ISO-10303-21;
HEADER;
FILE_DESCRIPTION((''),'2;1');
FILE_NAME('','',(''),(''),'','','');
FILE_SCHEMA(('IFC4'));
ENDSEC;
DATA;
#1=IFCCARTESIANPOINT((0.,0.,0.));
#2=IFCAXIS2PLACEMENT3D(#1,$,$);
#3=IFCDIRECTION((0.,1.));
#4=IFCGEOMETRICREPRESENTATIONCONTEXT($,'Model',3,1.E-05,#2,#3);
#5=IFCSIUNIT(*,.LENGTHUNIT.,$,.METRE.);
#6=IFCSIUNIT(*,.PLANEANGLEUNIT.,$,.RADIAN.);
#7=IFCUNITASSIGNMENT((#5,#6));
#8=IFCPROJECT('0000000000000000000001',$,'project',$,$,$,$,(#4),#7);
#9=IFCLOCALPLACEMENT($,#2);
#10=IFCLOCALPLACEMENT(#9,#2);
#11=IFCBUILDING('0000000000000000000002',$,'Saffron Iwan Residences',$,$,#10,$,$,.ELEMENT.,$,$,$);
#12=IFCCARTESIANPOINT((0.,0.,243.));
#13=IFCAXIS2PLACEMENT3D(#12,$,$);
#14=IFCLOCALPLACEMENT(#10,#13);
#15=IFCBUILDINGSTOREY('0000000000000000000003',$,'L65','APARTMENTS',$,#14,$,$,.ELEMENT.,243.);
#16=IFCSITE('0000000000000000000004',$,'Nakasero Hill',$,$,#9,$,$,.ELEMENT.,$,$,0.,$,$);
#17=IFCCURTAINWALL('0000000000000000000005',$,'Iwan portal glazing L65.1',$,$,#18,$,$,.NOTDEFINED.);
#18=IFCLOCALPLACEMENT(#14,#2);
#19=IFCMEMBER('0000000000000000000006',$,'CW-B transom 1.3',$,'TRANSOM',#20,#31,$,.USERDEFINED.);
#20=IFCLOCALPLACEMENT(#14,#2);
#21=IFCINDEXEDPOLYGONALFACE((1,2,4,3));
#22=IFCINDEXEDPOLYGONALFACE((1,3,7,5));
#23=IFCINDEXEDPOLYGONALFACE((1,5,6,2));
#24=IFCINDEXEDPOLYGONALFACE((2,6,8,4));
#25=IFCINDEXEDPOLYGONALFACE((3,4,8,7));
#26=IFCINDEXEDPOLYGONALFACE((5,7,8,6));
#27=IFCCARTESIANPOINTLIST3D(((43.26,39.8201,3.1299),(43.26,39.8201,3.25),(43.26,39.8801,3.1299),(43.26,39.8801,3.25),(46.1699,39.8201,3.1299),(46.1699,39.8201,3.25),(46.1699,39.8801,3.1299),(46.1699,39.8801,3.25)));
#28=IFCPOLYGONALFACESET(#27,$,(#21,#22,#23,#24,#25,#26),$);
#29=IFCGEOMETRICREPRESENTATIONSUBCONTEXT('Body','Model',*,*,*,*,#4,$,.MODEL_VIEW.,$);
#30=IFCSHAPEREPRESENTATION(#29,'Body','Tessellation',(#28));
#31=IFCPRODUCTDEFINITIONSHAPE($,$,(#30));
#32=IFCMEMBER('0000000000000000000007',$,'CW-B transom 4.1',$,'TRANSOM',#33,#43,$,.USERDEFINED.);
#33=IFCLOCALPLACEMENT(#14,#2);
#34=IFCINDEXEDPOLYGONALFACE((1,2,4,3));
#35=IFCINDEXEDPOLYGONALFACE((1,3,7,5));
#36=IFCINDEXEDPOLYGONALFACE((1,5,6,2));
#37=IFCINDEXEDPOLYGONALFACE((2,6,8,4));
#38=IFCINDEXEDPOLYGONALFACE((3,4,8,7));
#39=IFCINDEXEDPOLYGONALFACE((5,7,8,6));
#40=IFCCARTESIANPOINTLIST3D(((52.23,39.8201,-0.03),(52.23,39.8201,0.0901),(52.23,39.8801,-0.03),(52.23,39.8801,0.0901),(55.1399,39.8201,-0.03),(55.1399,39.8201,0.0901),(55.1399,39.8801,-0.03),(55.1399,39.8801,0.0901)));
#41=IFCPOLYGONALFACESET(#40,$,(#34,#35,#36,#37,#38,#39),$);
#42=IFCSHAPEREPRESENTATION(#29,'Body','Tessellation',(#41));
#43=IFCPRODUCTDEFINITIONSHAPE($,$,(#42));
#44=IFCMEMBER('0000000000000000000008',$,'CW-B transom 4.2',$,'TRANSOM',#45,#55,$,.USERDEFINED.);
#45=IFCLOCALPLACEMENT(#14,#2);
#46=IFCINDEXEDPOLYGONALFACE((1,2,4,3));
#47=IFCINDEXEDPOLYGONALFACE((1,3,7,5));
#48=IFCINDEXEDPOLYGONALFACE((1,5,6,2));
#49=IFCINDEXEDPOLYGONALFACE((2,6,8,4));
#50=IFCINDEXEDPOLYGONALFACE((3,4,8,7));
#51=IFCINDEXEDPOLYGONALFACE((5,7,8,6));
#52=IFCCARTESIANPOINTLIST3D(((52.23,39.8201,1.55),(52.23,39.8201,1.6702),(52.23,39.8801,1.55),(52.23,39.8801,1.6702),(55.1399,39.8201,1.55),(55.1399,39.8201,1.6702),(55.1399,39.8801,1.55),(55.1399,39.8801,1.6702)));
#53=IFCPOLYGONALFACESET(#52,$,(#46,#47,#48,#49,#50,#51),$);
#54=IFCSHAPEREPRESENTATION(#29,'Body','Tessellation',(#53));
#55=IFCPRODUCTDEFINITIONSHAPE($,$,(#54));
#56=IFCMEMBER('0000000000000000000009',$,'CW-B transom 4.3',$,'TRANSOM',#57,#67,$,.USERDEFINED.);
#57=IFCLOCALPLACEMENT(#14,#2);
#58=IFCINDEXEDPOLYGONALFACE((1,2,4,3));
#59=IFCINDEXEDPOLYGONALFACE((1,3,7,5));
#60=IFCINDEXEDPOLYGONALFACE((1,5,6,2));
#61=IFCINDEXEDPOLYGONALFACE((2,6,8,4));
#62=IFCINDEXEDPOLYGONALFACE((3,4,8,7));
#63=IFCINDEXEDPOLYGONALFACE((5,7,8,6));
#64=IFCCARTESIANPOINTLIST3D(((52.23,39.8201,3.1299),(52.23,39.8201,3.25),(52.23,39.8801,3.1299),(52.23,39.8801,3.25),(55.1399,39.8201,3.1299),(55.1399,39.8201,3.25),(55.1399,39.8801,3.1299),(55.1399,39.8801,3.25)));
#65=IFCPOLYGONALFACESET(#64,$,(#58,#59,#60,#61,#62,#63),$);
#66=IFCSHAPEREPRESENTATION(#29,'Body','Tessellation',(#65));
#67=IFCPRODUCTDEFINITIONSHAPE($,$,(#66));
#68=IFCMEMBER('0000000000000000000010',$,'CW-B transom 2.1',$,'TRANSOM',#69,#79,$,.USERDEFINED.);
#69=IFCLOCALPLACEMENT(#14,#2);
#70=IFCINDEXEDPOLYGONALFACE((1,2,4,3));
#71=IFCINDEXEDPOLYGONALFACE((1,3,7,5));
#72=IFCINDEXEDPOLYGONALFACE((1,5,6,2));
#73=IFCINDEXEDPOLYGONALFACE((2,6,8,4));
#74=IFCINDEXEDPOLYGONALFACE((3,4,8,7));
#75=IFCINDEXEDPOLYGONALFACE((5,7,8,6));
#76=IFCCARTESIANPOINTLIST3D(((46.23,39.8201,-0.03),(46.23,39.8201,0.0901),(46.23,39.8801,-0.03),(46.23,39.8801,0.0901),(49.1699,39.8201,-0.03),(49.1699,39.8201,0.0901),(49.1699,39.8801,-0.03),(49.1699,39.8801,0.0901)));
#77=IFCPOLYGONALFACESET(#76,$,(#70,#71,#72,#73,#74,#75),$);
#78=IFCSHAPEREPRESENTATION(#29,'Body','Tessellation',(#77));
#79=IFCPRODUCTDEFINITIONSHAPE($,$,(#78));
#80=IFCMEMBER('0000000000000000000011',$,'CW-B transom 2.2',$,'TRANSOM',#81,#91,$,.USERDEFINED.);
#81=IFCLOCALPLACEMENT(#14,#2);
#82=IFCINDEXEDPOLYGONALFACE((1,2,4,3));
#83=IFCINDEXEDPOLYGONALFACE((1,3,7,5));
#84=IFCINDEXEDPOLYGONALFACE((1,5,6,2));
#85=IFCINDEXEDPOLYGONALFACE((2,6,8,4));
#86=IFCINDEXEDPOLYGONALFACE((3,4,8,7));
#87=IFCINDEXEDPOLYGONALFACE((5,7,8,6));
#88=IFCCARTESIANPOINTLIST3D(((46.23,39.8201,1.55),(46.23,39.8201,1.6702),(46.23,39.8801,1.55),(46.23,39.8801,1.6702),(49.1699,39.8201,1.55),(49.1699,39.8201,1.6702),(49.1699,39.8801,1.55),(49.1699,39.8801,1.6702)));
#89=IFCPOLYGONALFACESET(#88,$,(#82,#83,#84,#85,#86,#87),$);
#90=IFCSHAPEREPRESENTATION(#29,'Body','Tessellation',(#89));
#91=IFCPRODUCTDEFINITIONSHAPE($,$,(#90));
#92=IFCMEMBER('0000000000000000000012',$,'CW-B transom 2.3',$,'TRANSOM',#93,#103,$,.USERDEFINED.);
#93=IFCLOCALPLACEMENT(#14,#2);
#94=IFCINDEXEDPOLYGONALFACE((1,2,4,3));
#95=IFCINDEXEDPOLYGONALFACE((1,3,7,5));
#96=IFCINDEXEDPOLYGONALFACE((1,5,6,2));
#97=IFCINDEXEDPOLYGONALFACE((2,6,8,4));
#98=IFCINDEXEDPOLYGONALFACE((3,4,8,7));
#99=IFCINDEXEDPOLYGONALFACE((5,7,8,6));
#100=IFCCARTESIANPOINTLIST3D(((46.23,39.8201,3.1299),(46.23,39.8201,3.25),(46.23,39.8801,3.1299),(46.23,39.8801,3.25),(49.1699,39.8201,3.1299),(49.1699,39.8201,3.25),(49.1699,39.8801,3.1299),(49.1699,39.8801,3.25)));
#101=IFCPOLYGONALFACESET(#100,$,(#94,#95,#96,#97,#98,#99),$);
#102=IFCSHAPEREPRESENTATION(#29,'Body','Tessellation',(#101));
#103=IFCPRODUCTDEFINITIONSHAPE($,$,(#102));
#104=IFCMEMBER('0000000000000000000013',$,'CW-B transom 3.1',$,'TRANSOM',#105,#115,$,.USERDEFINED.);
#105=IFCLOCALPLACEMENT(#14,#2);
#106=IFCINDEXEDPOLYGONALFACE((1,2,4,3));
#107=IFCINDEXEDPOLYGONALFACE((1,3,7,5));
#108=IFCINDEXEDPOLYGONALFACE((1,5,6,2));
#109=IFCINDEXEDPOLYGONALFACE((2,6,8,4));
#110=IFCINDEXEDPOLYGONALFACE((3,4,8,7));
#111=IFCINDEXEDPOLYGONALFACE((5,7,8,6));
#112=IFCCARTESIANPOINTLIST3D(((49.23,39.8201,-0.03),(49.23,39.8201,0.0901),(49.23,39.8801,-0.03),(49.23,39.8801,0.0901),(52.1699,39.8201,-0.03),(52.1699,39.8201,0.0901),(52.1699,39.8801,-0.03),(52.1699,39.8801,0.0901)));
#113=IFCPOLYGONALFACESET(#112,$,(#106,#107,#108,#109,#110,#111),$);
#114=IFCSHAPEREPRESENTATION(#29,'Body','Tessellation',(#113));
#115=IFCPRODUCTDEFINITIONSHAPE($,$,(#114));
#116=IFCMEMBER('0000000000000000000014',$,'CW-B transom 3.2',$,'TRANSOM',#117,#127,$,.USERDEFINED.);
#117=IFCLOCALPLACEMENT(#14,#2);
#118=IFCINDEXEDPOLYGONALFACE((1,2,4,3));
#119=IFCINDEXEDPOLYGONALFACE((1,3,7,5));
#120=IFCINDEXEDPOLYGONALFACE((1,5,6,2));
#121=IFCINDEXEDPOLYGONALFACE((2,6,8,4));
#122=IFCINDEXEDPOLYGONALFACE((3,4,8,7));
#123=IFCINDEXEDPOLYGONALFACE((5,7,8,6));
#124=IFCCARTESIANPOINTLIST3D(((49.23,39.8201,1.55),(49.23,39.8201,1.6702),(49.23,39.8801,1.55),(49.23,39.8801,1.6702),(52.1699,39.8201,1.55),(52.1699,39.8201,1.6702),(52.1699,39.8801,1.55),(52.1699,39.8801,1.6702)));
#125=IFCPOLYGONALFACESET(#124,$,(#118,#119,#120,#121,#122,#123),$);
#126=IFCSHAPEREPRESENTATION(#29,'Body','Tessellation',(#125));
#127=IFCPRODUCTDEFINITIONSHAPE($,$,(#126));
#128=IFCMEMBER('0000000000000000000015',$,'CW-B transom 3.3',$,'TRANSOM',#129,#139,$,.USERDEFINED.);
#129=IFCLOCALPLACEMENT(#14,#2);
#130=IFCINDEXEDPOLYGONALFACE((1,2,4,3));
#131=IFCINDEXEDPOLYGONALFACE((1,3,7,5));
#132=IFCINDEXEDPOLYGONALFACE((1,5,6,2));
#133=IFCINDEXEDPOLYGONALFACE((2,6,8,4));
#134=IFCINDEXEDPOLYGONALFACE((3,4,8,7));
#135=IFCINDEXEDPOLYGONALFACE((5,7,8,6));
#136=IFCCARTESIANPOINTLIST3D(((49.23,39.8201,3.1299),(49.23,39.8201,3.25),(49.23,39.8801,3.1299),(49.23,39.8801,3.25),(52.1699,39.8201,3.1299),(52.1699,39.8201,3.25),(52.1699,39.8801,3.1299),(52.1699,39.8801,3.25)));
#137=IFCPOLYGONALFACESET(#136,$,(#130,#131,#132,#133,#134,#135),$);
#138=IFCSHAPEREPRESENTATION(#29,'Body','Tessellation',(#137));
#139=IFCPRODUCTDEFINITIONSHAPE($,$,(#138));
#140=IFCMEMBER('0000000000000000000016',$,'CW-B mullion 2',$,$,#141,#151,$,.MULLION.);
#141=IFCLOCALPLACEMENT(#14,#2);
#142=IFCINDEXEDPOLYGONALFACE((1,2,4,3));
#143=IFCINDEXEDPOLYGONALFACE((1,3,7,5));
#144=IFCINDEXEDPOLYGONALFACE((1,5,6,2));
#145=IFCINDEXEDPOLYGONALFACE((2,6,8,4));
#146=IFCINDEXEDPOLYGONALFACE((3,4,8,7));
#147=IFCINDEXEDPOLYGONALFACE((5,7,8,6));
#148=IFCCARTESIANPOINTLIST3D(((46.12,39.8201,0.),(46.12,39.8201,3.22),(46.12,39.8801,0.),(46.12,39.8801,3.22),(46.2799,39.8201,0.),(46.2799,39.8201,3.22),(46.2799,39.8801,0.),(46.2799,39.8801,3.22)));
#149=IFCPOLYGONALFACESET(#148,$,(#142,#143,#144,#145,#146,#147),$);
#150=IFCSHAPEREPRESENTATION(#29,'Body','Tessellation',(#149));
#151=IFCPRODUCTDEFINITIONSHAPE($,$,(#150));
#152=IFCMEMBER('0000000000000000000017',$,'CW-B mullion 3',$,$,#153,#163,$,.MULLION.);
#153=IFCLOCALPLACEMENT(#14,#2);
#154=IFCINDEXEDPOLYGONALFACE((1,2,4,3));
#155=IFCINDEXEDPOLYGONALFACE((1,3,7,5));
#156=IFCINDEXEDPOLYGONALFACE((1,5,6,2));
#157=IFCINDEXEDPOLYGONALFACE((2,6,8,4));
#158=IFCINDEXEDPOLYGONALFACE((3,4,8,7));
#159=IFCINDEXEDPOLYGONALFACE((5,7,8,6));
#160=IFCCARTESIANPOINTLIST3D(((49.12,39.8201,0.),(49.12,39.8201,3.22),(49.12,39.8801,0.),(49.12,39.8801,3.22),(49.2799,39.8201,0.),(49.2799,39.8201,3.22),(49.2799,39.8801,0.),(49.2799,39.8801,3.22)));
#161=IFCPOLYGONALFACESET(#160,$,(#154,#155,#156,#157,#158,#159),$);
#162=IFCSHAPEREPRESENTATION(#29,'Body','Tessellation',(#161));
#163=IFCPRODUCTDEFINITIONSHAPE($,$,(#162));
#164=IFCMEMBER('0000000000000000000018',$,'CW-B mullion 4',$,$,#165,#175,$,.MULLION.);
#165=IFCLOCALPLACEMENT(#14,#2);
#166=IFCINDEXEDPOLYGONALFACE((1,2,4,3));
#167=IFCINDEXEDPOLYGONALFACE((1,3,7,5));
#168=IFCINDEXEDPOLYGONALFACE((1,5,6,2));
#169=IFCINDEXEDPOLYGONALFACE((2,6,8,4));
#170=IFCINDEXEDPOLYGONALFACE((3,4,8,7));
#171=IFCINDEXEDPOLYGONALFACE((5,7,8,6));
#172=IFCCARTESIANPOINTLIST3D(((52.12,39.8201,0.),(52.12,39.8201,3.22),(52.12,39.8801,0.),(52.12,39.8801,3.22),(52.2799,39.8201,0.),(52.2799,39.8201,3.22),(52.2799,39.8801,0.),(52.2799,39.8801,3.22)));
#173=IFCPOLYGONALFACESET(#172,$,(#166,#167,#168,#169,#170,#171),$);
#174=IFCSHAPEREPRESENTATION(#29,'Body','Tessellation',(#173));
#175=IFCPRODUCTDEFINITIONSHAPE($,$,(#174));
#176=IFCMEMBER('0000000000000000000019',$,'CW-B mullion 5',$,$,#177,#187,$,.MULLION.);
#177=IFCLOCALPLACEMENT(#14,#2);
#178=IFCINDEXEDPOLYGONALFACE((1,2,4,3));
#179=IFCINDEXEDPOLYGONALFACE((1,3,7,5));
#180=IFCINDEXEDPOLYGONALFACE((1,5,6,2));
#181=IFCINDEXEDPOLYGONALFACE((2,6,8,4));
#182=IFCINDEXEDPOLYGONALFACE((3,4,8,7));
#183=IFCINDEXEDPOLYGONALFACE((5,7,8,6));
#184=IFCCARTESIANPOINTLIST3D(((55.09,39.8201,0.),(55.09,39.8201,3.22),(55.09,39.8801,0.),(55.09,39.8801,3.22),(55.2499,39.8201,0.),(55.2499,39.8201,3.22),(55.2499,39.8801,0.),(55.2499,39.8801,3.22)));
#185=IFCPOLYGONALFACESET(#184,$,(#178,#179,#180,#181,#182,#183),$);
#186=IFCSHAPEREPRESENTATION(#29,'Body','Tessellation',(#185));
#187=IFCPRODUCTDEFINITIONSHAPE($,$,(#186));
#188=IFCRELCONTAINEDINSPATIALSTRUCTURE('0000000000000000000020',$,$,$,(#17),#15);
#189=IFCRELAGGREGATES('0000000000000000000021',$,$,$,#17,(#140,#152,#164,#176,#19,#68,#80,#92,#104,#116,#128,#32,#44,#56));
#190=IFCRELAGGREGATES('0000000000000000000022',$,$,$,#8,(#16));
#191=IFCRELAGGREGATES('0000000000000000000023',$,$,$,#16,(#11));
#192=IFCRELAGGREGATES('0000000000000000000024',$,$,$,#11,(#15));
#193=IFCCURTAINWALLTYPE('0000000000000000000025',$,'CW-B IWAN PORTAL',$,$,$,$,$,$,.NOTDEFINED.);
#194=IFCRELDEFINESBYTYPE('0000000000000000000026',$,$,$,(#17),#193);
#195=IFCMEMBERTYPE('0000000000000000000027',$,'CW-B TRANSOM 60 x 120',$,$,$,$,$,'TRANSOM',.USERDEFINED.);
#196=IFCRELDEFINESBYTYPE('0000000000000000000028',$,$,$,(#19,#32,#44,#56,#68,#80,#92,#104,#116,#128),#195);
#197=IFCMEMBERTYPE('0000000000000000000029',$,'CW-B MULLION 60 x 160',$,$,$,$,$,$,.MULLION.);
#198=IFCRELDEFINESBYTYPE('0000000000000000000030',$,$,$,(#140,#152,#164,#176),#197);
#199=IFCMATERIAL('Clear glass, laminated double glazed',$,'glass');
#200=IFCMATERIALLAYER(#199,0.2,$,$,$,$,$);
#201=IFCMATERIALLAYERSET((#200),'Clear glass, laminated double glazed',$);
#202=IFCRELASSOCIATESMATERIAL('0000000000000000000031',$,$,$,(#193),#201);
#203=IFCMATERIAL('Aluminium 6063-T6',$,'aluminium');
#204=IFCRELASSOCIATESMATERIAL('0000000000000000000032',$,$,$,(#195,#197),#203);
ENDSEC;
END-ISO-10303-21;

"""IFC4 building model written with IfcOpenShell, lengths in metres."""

from ifc_helpers import new_model, si_unit, direction, frame, origin, origin_2d, place, context, subcontext, project, spatial, rectangle, extrude, source, transform, mapped, material, layer, layer_set, material_profile, profile_set, type_object, element, aggregate, save


model = new_model("IFC4")

# Units and contexts
model_context = context("Model", 3, precision=1e-05, world=origin(), true_north=direction((0.0, 1.0)))
body_context = subcontext(model_context, "Body", "Model", "MODEL_VIEW")
ifc_project = project(units=[si_unit("LENGTHUNIT", "METRE"), si_unit("PLANEANGLEUNIT", "RADIAN")], contexts=[model_context])

# Site, building, storey
site_placement = place(None, origin())
site = spatial("IfcSite", under=ifc_project, at=site_placement, Name="Nakasero Hill", CompositionType="ELEMENT", RefElevation=0.0)
building_placement = place(site_placement, origin())
building = spatial("IfcBuilding", under=site, at=building_placement, Name="Saffron Iwan Residences", CompositionType="ELEMENT")
storey_placement = place(building_placement, frame((0.0, 0.0, 243.0)))
storey = spatial("IfcBuildingStorey", under=building, at=storey_placement, Name="L65", Description="APARTMENTS", CompositionType="ELEMENT", Elevation=243.0)

# Curtain wall, members
ifc_material_1 = material(Name="Clear glass, laminated double glazed", Category="glass")
ifc_layer_1 = layer(ifc_material_1, 0.2)
ifc_layer_set_1 = layer_set([ifc_layer_1], Name="Clear glass, laminated double glazed")
curtain_wall_type = type_object("IfcCurtainWallType", Name="CW-B IWAN PORTAL", PredefinedType="NOTDEFINED", material=ifc_layer_set_1)
curtain_wall_placement = place(storey_placement, origin())
curtain_wall = element("IfcCurtainWall", 1, at=curtain_wall_placement, inside=storey, type_object=curtain_wall_type, Name="Iwan portal glazing L65.1", PredefinedType="NOTDEFINED")
ifc_material_2 = material(Name="Aluminium 6063-T6", Category="aluminium")
ifc_material_profile_1 = material_profile(ifc_material_2, rectangle(XDim=0.0601, YDim=0.1201, at=origin_2d()), Name="CW-B TRANSOM 60 x 120")
ifc_profile_set_1 = profile_set([ifc_material_profile_1], Name="Aluminium 6063-T6")
member_type_1 = type_object("IfcMemberType", Name="CW-B TRANSOM 60 x 120", ElementType="TRANSOM", PredefinedType="USERDEFINED", material=ifc_profile_set_1)
shared_shape_1 = source(origin(), body_context, "Body", "SweptSolid", [
    extrude(rectangle(XDim=0.0601, YDim=0.1201, at=origin_2d()), origin(), (0.0, 0.0, 1.0), 2.9099),
])
member_1_placement = place(storey_placement, frame((43.26, 39.8501, 3.1899), z_axis=(1.0, 0.0, 0.0), x_axis=(0.0, 1.0, 0.0)))
member_1 = element("IfcMember", 2, at=member_1_placement, type_object=member_type_1, Name="CW-B transom 1.3", ObjectType="TRANSOM", PredefinedType="USERDEFINED", context=body_context, shape_type="MappedRepresentation", body=[
    mapped(shared_shape_1, transform((0.0, 0.0, 0.0))),
])
member_2_placement = place(storey_placement, frame((52.23, 39.8501, 0.03), z_axis=(1.0, 0.0, 0.0), x_axis=(0.0, 1.0, 0.0)))
member_2 = element("IfcMember", 3, at=member_2_placement, type_object=member_type_1, Name="CW-B transom 4.1", ObjectType="TRANSOM", PredefinedType="USERDEFINED", context=body_context, shape_type="MappedRepresentation", body=[
    mapped(shared_shape_1, transform((0.0, 0.0, 0.0))),
])
member_3_placement = place(storey_placement, frame((52.23, 39.8501, 1.6101), z_axis=(1.0, 0.0, 0.0), x_axis=(0.0, 1.0, 0.0)))
member_3 = element("IfcMember", 4, at=member_3_placement, type_object=member_type_1, Name="CW-B transom 4.2", ObjectType="TRANSOM", PredefinedType="USERDEFINED", context=body_context, shape_type="MappedRepresentation", body=[
    mapped(shared_shape_1, transform((0.0, 0.0, 0.0))),
])
member_4_placement = place(storey_placement, frame((52.23, 39.8501, 3.1899), z_axis=(1.0, 0.0, 0.0), x_axis=(0.0, 1.0, 0.0)))
member_4 = element("IfcMember", 5, at=member_4_placement, type_object=member_type_1, Name="CW-B transom 4.3", ObjectType="TRANSOM", PredefinedType="USERDEFINED", context=body_context, shape_type="MappedRepresentation", body=[
    mapped(shared_shape_1, transform((0.0, 0.0, 0.0))),
])
shared_shape_2 = source(origin(), body_context, "Body", "SweptSolid", [
    extrude(rectangle(XDim=0.0601, YDim=0.1201, at=origin_2d()), origin(), (0.0, 0.0, 1.0), 2.9399),
])
member_5_placement = place(storey_placement, frame((46.23, 39.8501, 0.03), z_axis=(1.0, 0.0, 0.0), x_axis=(0.0, 1.0, 0.0)))
member_5 = element("IfcMember", 6, at=member_5_placement, type_object=member_type_1, Name="CW-B transom 2.1", ObjectType="TRANSOM", PredefinedType="USERDEFINED", context=body_context, shape_type="MappedRepresentation", body=[
    mapped(shared_shape_2, transform((0.0, 0.0, 0.0))),
])
member_6_placement = place(storey_placement, frame((46.23, 39.8501, 1.6101), z_axis=(1.0, 0.0, 0.0), x_axis=(0.0, 1.0, 0.0)))
member_6 = element("IfcMember", 7, at=member_6_placement, type_object=member_type_1, Name="CW-B transom 2.2", ObjectType="TRANSOM", PredefinedType="USERDEFINED", context=body_context, shape_type="MappedRepresentation", body=[
    mapped(shared_shape_2, transform((0.0, 0.0, 0.0))),
])
member_7_placement = place(storey_placement, frame((46.23, 39.8501, 3.1899), z_axis=(1.0, 0.0, 0.0), x_axis=(0.0, 1.0, 0.0)))
member_7 = element("IfcMember", 8, at=member_7_placement, type_object=member_type_1, Name="CW-B transom 2.3", ObjectType="TRANSOM", PredefinedType="USERDEFINED", context=body_context, shape_type="MappedRepresentation", body=[
    mapped(shared_shape_2, transform((0.0, 0.0, 0.0))),
])
member_8_placement = place(storey_placement, frame((49.23, 39.8501, 0.03), z_axis=(1.0, 0.0, 0.0), x_axis=(0.0, 1.0, 0.0)))
member_8 = element("IfcMember", 9, at=member_8_placement, type_object=member_type_1, Name="CW-B transom 3.1", ObjectType="TRANSOM", PredefinedType="USERDEFINED", context=body_context, shape_type="MappedRepresentation", body=[
    mapped(shared_shape_2, transform((0.0, 0.0, 0.0))),
])
member_9_placement = place(storey_placement, frame((49.23, 39.8501, 1.6101), z_axis=(1.0, 0.0, 0.0), x_axis=(0.0, 1.0, 0.0)))
member_9 = element("IfcMember", 10, at=member_9_placement, type_object=member_type_1, Name="CW-B transom 3.2", ObjectType="TRANSOM", PredefinedType="USERDEFINED", context=body_context, shape_type="MappedRepresentation", body=[
    mapped(shared_shape_2, transform((0.0, 0.0, 0.0))),
])
member_10_placement = place(storey_placement, frame((49.23, 39.8501, 3.1899), z_axis=(1.0, 0.0, 0.0), x_axis=(0.0, 1.0, 0.0)))
member_10 = element("IfcMember", 11, at=member_10_placement, type_object=member_type_1, Name="CW-B transom 3.3", ObjectType="TRANSOM", PredefinedType="USERDEFINED", context=body_context, shape_type="MappedRepresentation", body=[
    mapped(shared_shape_2, transform((0.0, 0.0, 0.0))),
])
ifc_material_profile_2 = material_profile(ifc_material_2, rectangle(XDim=0.0601, YDim=0.1599, at=origin_2d()), Name="CW-B MULLION 60 x 160")
ifc_profile_set_2 = profile_set([ifc_material_profile_2], Name="Aluminium 6063-T6")
member_type_2 = type_object("IfcMemberType", Name="CW-B MULLION 60 x 160", PredefinedType="MULLION", material=ifc_profile_set_2)
shared_shape_3 = source(origin(), body_context, "Body", "SweptSolid", [
    extrude(rectangle(XDim=0.0601, YDim=0.1599, at=origin_2d()), origin(), (0.0, 0.0, 1.0), 3.22),
])
member_11_placement = place(storey_placement, frame((46.2, 39.8501, 0.0), z_axis=(0.0, 0.0, 1.0), x_axis=(0.0, 1.0, 0.0)))
member_11 = element("IfcMember", 12, at=member_11_placement, type_object=member_type_2, Name="CW-B mullion 2", PredefinedType="MULLION", context=body_context, shape_type="MappedRepresentation", body=[
    mapped(shared_shape_3, transform((0.0, 0.0, 0.0))),
])
member_12_placement = place(storey_placement, frame((49.2, 39.8501, 0.0), z_axis=(0.0, 0.0, 1.0), x_axis=(0.0, 1.0, 0.0)))
member_12 = element("IfcMember", 13, at=member_12_placement, type_object=member_type_2, Name="CW-B mullion 3", PredefinedType="MULLION", context=body_context, shape_type="MappedRepresentation", body=[
    mapped(shared_shape_3, transform((0.0, 0.0, 0.0))),
])
member_13_placement = place(storey_placement, frame((52.2, 39.8501, 0.0), z_axis=(0.0, 0.0, 1.0), x_axis=(0.0, 1.0, 0.0)))
member_13 = element("IfcMember", 14, at=member_13_placement, type_object=member_type_2, Name="CW-B mullion 4", PredefinedType="MULLION", context=body_context, shape_type="MappedRepresentation", body=[
    mapped(shared_shape_3, transform((0.0, 0.0, 0.0))),
])
member_14_placement = place(storey_placement, frame((55.1699, 39.8501, 0.0), z_axis=(0.0, 0.0, 1.0), x_axis=(0.0, 1.0, 0.0)))
member_14 = element("IfcMember", 15, at=member_14_placement, type_object=member_type_2, Name="CW-B mullion 5", PredefinedType="MULLION", context=body_context, shape_type="MappedRepresentation", body=[
    mapped(shared_shape_3, transform((0.0, 0.0, 0.0))),
])
aggregate(curtain_wall, [member_11, member_12, member_13, member_14, member_1, member_5, member_6, member_7, member_8, member_9, member_10, member_2, member_3, member_4])

save(model, "model.ifc")
